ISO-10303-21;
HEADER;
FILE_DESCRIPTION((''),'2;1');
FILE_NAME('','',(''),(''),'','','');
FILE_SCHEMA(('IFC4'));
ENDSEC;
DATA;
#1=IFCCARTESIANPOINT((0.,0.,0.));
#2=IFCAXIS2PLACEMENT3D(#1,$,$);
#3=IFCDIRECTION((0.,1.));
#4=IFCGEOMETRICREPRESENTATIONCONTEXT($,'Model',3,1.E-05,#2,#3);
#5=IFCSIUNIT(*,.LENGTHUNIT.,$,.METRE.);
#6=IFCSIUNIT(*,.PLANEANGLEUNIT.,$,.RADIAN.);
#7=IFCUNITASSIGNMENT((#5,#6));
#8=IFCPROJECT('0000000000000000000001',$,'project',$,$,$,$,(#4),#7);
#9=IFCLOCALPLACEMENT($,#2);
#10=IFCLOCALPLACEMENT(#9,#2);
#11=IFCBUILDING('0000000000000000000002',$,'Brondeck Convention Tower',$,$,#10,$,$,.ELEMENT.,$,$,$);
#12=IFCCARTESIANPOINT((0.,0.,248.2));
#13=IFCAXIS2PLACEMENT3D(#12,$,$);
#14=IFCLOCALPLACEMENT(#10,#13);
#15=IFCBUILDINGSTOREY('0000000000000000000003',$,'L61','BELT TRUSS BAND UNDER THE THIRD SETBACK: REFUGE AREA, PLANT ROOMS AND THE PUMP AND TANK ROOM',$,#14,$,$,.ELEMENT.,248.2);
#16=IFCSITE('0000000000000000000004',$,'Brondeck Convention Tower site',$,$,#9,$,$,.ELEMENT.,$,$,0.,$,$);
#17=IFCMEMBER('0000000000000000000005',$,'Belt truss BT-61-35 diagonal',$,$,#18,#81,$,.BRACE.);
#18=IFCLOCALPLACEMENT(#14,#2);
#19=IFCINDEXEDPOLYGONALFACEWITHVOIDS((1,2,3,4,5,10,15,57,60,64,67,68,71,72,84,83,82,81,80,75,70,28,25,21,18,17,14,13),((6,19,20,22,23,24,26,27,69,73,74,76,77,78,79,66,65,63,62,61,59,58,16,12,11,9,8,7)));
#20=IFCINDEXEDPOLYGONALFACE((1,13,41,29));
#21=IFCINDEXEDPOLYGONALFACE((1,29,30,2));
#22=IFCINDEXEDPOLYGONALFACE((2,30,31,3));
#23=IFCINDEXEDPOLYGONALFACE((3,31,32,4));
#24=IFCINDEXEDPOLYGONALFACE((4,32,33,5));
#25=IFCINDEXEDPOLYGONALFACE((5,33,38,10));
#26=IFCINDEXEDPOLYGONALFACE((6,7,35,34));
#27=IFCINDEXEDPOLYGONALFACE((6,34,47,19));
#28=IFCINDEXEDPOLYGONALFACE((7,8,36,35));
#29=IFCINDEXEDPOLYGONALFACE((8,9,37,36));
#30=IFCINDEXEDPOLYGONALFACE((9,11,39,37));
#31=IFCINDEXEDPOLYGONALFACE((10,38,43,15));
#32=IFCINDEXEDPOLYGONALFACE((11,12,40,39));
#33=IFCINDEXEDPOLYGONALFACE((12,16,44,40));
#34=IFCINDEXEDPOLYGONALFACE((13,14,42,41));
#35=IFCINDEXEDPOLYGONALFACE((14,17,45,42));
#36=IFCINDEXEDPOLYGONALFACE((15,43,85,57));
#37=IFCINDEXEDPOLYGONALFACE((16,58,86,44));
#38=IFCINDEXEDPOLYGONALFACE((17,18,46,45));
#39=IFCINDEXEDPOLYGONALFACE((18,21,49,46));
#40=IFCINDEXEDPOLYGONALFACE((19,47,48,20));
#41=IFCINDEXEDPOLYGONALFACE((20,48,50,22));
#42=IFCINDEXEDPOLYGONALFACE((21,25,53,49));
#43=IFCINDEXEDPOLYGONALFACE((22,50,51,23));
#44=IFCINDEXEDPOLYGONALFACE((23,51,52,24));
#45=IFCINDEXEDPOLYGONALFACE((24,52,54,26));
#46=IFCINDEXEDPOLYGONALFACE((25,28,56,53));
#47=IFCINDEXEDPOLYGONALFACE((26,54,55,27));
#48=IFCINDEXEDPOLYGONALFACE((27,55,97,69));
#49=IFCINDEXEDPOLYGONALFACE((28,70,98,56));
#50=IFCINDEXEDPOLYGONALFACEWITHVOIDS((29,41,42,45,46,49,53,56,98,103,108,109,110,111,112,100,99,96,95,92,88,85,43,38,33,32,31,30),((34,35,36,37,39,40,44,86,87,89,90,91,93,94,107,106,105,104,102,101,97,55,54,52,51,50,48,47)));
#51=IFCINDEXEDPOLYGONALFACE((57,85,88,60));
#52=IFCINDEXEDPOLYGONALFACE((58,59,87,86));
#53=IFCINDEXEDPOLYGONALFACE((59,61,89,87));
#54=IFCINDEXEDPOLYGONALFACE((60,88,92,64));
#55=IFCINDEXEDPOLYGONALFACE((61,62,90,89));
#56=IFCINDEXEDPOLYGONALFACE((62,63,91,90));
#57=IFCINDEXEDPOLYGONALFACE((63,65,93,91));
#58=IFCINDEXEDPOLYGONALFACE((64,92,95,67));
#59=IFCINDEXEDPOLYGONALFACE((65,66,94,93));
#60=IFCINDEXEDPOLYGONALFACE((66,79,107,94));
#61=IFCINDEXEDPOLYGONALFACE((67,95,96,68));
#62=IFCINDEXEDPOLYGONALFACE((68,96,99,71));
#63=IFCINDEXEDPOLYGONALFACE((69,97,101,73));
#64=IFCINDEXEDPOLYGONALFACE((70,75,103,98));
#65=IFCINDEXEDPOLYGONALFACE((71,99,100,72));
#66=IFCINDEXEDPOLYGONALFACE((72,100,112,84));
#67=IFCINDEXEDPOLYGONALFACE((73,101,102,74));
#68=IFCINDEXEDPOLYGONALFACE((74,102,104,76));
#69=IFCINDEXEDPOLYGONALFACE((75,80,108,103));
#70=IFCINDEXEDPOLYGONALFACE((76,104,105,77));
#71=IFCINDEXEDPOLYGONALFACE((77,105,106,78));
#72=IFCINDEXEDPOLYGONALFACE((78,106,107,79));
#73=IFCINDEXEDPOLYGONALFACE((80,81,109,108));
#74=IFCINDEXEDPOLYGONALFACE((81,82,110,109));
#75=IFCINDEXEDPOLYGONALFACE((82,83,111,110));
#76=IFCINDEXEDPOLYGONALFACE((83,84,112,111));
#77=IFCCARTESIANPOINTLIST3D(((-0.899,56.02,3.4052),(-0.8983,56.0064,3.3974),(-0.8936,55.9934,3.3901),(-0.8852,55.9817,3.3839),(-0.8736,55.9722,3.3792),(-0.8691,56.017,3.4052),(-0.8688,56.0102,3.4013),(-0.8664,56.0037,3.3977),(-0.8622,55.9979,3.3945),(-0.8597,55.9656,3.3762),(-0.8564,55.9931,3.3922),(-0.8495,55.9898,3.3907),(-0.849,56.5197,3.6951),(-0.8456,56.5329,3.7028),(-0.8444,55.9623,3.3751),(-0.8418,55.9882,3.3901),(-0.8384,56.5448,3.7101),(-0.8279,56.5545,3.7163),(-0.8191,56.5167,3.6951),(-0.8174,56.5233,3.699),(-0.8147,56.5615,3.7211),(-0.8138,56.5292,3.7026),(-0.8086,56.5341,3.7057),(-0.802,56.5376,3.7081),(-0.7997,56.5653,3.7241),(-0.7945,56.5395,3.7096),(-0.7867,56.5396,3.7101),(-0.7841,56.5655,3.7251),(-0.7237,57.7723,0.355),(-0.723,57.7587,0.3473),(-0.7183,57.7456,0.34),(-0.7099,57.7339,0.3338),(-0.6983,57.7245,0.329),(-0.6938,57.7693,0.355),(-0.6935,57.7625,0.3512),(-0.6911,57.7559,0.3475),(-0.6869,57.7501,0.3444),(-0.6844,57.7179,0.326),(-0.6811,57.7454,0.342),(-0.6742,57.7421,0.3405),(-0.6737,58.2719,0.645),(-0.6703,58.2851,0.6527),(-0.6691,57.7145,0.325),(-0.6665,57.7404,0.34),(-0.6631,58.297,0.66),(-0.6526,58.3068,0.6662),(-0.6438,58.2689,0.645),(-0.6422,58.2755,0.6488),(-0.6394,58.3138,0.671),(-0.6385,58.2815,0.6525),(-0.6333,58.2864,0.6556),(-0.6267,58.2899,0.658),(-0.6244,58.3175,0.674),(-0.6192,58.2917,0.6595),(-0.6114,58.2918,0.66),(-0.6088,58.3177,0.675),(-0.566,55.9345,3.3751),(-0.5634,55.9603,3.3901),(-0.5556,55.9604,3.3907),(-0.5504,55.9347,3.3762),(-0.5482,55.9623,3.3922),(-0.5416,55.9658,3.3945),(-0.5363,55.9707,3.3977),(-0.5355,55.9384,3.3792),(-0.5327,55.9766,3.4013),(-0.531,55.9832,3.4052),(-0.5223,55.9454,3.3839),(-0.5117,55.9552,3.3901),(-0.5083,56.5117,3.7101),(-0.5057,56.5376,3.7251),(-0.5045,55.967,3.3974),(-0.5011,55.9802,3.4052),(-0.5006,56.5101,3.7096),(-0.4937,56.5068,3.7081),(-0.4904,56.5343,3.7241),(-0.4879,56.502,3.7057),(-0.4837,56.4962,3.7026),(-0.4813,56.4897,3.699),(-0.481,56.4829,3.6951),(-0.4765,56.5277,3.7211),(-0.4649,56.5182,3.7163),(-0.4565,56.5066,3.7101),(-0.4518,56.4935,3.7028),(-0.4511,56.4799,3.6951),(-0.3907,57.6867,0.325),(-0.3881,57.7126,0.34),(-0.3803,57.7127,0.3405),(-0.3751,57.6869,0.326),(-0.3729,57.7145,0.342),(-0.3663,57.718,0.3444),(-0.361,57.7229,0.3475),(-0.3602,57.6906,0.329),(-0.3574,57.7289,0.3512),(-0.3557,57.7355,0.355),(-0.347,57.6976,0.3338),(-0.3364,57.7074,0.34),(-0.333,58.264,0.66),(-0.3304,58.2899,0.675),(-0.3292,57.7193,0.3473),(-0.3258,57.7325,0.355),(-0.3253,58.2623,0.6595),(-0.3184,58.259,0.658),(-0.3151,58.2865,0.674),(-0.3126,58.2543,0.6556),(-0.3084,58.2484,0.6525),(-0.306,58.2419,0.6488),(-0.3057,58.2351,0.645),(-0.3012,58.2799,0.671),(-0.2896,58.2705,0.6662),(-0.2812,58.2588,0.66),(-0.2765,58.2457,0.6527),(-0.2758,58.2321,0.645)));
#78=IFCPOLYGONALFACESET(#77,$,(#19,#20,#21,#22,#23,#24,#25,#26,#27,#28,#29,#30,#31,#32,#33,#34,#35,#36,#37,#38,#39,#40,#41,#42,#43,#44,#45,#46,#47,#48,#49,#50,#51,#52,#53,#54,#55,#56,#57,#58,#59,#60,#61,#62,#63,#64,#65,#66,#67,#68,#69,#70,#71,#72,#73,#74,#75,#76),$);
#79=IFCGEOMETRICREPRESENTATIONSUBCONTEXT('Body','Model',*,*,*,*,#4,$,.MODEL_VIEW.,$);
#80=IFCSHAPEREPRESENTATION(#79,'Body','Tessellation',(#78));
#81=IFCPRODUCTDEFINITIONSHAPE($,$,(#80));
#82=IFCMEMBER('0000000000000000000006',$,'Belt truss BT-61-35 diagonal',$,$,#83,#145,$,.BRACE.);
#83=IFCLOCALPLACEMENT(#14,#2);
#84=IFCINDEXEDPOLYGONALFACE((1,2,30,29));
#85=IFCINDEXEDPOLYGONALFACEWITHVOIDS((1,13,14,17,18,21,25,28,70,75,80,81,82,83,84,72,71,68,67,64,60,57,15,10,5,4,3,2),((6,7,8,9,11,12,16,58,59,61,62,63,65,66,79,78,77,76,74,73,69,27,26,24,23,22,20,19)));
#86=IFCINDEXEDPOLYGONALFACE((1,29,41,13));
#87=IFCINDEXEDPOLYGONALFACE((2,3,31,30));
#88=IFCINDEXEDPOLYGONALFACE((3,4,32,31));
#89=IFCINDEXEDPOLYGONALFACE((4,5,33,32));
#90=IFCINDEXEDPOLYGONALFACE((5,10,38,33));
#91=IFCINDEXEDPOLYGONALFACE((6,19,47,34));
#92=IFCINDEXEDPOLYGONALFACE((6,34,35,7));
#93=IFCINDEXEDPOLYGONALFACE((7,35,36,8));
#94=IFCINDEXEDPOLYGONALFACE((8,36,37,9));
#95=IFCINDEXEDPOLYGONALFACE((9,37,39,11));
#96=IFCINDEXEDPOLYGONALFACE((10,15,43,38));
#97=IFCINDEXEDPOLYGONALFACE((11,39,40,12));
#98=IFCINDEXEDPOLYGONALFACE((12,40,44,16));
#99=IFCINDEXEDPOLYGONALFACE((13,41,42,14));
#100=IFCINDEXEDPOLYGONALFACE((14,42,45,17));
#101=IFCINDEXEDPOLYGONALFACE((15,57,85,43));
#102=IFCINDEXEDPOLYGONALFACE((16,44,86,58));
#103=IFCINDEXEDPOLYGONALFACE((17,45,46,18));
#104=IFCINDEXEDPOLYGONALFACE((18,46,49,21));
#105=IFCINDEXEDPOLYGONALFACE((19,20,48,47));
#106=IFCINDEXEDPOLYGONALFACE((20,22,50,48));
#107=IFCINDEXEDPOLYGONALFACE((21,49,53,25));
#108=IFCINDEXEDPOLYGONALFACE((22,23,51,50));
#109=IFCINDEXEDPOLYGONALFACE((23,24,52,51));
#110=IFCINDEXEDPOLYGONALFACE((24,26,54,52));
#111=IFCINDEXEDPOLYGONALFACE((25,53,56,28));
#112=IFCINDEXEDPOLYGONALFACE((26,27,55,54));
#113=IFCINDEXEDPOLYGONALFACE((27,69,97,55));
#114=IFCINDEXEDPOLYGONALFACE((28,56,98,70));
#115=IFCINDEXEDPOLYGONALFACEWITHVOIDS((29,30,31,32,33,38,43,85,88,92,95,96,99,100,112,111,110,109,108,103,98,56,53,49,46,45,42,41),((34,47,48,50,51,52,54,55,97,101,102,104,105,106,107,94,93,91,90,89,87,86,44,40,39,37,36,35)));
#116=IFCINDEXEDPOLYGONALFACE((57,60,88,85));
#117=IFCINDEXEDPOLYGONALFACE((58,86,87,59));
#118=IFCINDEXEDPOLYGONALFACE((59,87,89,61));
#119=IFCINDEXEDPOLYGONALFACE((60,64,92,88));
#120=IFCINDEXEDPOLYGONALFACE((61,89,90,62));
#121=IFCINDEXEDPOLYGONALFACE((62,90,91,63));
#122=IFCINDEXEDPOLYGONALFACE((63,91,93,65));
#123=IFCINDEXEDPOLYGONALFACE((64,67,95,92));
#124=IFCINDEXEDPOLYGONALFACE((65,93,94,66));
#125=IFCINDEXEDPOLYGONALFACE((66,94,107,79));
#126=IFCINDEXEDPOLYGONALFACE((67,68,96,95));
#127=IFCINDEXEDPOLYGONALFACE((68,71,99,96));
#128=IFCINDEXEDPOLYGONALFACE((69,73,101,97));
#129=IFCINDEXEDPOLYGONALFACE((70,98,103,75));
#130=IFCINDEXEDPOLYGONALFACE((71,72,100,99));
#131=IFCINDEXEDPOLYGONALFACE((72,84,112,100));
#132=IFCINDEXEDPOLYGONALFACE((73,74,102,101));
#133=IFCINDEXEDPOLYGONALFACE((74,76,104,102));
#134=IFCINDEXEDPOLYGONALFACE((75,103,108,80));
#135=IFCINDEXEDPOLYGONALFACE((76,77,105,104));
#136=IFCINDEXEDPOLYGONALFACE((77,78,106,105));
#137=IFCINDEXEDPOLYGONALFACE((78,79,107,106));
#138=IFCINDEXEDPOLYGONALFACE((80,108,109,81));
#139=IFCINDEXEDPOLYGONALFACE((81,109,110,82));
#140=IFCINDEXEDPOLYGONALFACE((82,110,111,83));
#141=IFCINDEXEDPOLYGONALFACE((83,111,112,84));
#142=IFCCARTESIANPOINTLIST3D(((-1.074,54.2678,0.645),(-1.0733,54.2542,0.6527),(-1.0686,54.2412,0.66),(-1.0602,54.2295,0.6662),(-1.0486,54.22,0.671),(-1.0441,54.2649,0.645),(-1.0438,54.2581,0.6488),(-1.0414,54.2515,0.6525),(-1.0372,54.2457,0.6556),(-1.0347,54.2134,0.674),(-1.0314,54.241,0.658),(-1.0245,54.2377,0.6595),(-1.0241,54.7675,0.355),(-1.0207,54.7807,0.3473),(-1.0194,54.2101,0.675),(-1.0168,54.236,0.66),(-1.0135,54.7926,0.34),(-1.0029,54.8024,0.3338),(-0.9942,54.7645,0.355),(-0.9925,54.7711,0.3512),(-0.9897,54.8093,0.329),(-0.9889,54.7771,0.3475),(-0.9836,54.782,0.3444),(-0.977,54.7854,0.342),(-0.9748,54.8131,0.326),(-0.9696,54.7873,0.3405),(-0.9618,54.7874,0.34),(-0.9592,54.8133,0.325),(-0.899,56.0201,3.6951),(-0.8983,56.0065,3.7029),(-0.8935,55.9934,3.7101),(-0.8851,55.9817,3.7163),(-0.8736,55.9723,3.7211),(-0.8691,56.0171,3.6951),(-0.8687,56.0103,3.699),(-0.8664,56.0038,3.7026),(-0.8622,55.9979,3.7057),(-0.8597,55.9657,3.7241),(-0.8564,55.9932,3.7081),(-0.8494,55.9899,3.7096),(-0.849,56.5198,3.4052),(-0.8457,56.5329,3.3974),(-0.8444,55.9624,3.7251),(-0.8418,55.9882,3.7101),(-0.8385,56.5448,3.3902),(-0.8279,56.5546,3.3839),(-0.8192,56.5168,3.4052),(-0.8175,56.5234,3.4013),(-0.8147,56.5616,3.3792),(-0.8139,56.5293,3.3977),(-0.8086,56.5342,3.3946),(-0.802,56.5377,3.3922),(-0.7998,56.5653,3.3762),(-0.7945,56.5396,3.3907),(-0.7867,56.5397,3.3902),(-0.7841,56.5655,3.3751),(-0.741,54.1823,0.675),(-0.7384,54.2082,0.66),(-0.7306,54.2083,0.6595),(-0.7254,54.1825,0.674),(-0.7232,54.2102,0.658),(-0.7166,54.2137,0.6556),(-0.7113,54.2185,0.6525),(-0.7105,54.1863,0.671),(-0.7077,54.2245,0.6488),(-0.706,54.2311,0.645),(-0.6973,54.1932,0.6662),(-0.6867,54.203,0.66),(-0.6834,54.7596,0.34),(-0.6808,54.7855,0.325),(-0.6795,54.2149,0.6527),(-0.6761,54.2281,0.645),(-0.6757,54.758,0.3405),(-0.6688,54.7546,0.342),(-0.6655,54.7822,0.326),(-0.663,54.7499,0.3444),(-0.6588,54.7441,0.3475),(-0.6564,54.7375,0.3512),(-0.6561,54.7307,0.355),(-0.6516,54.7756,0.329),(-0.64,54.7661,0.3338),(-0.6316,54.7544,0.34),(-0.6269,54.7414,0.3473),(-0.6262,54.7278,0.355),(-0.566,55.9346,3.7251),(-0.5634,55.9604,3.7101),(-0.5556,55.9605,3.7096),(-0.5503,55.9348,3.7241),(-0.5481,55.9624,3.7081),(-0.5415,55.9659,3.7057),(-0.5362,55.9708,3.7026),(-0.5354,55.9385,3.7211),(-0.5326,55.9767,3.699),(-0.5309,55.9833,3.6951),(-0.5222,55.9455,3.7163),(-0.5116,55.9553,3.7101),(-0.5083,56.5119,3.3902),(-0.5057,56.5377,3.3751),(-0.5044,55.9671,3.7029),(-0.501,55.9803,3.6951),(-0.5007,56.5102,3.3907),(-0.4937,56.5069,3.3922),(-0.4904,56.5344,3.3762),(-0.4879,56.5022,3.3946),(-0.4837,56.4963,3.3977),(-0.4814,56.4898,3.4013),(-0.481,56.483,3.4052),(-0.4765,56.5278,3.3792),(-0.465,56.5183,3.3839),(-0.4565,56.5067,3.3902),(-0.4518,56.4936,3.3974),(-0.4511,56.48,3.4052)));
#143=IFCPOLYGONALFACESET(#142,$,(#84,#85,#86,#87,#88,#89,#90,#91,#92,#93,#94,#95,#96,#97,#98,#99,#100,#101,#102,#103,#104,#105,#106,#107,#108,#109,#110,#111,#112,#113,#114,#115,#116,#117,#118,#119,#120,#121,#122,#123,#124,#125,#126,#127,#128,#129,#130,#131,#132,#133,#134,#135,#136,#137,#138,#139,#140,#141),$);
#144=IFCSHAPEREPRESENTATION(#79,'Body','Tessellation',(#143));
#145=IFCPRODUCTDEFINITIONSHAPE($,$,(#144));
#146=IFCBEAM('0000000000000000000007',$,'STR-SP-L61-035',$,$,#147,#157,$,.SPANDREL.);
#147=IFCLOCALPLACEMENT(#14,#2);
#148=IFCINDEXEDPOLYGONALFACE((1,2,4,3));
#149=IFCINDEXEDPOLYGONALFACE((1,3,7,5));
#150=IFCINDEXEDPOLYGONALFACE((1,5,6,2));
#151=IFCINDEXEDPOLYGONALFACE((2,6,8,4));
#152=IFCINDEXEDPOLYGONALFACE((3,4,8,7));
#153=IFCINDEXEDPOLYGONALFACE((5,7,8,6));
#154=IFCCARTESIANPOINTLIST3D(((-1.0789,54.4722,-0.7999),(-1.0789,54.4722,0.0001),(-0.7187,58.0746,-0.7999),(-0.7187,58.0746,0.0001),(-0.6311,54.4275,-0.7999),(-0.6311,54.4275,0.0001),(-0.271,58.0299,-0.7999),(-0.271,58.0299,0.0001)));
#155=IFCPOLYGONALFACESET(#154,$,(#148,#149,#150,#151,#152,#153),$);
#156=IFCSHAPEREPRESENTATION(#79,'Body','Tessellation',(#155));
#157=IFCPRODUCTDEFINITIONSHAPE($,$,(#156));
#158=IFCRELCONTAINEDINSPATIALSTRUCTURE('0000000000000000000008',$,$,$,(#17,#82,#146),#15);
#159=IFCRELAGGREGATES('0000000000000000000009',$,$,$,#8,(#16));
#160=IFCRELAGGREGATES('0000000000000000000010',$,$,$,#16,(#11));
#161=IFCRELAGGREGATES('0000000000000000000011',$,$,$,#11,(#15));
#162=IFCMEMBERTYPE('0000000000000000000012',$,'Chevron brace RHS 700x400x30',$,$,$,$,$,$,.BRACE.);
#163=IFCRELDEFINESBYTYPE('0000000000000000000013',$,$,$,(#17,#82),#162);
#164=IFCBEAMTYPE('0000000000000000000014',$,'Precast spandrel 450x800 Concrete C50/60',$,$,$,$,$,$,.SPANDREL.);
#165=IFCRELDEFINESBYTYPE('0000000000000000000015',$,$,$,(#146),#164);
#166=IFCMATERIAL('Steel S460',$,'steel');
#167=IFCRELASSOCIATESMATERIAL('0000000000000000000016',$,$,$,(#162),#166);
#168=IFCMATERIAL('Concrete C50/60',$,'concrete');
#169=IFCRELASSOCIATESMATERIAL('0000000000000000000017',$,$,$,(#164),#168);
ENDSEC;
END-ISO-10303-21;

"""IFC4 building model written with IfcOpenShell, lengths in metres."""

from ifc_helpers import new_model, si_unit, direction, frame, origin, origin_2d, place, context, subcontext, project, spatial, rectangle, hollow_rectangle, extrude, material, material_profile, profile_set, type_object, element, save


model = new_model("IFC4")

# Units and contexts
model_context = context("Model", 3, precision=1e-05, world=origin(), true_north=direction((0.0, 1.0)))
body_context = subcontext(model_context, "Body", "Model", "MODEL_VIEW")
ifc_project = project(units=[si_unit("LENGTHUNIT", "METRE"), si_unit("PLANEANGLEUNIT", "RADIAN")], contexts=[model_context])

# Site, building, storey
site_placement = place(None, origin())
site = spatial("IfcSite", under=ifc_project, at=site_placement, Name="Brondeck Convention Tower site", CompositionType="ELEMENT", RefElevation=0.0)
building_placement = place(site_placement, origin())
building = spatial("IfcBuilding", under=site, at=building_placement, Name="Brondeck Convention Tower", CompositionType="ELEMENT")
storey_placement = place(building_placement, frame((0.0, 0.0, 248.2)))
storey = spatial("IfcBuildingStorey", under=building, at=storey_placement, Name="L61", Description="BELT TRUSS BAND UNDER THE THIRD SETBACK: REFUGE AREA, PLANT ROOMS AND THE PUMP AND TANK ROOM", CompositionType="ELEMENT", Elevation=248.2)

# Shared definitions
ifc_material_1 = material(Name="Concrete C50/60", Category="concrete")

# Members
ifc_material_2 = material(Name="Steel S460", Category="steel")
ifc_material_profile_1 = material_profile(ifc_material_2, hollow_rectangle(XDim=0.3999, YDim=0.7, WallThickness=0.03, InnerFilletRadius=0.03, OuterFilletRadius=0.0601, at=origin_2d()), Name="RHS 700x400x30")
ifc_profile_set_1 = profile_set([ifc_material_profile_1], Name="Steel S460")
member_type_1 = type_object("IfcMemberType", Name="Chevron brace RHS 700x400x30", PredefinedType="BRACE", material=ifc_profile_set_1)
for number, where, z_axis, x_axis, name in (
    (1, (-0.4998, 58.0022, 0.5), (-0.049772, -0.497516, 0.866026), (0.995033, -0.099545, 0.0), "Belt truss BT-61-35 diagonal"),
    (2, (-0.8501, 54.4978, 0.5), (0.049703, 0.497518, 0.866029), (-0.995047, 0.099408, 0.0), "Belt truss BT-61-35 diagonal"),
):
    element("IfcMember", number, at=place(storey_placement, frame(where, z_axis=z_axis, x_axis=x_axis)), inside=storey, type_object=member_type_1, Name=name, PredefinedType="BRACE", context=body_context, shape_type="SweptSolid", body=[
        extrude(hollow_rectangle(XDim=0.3999, YDim=0.7, WallThickness=0.03, InnerFilletRadius=0.03, OuterFilletRadius=0.0601, at=origin_2d()), origin(), (0.0, 0.0, 1.0), 3.522),
    ])

# Beam
ifc_material_profile_2 = material_profile(ifc_material_1, rectangle(XDim=0.45, YDim=0.8, at=origin_2d()), Name="Precast spandrel 450x800 Concrete C50/60")
ifc_profile_set_2 = profile_set([ifc_material_profile_2], Name="Concrete C50/60")
beam_type = type_object("IfcBeamType", Name="Precast spandrel 450x800 Concrete C50/60", PredefinedType="SPANDREL", material=ifc_profile_set_2)
beam_placement = place(storey_placement, frame((-0.4949, 58.0522, -0.3999), z_axis=(-0.09947, -0.995041, 0.0), x_axis=(0.995041, -0.09947, 0.0)))
element("IfcBeam", 3, at=beam_placement, inside=storey, type_object=beam_type, Name="STR-SP-L61-035", PredefinedType="SPANDREL", context=body_context, shape_type="SweptSolid", body=[
    extrude(rectangle(XDim=0.45, YDim=0.8, at=origin_2d()), origin(), (0.0, 0.0, 1.0), 3.6204),
])

save(model, "model.ifc")
